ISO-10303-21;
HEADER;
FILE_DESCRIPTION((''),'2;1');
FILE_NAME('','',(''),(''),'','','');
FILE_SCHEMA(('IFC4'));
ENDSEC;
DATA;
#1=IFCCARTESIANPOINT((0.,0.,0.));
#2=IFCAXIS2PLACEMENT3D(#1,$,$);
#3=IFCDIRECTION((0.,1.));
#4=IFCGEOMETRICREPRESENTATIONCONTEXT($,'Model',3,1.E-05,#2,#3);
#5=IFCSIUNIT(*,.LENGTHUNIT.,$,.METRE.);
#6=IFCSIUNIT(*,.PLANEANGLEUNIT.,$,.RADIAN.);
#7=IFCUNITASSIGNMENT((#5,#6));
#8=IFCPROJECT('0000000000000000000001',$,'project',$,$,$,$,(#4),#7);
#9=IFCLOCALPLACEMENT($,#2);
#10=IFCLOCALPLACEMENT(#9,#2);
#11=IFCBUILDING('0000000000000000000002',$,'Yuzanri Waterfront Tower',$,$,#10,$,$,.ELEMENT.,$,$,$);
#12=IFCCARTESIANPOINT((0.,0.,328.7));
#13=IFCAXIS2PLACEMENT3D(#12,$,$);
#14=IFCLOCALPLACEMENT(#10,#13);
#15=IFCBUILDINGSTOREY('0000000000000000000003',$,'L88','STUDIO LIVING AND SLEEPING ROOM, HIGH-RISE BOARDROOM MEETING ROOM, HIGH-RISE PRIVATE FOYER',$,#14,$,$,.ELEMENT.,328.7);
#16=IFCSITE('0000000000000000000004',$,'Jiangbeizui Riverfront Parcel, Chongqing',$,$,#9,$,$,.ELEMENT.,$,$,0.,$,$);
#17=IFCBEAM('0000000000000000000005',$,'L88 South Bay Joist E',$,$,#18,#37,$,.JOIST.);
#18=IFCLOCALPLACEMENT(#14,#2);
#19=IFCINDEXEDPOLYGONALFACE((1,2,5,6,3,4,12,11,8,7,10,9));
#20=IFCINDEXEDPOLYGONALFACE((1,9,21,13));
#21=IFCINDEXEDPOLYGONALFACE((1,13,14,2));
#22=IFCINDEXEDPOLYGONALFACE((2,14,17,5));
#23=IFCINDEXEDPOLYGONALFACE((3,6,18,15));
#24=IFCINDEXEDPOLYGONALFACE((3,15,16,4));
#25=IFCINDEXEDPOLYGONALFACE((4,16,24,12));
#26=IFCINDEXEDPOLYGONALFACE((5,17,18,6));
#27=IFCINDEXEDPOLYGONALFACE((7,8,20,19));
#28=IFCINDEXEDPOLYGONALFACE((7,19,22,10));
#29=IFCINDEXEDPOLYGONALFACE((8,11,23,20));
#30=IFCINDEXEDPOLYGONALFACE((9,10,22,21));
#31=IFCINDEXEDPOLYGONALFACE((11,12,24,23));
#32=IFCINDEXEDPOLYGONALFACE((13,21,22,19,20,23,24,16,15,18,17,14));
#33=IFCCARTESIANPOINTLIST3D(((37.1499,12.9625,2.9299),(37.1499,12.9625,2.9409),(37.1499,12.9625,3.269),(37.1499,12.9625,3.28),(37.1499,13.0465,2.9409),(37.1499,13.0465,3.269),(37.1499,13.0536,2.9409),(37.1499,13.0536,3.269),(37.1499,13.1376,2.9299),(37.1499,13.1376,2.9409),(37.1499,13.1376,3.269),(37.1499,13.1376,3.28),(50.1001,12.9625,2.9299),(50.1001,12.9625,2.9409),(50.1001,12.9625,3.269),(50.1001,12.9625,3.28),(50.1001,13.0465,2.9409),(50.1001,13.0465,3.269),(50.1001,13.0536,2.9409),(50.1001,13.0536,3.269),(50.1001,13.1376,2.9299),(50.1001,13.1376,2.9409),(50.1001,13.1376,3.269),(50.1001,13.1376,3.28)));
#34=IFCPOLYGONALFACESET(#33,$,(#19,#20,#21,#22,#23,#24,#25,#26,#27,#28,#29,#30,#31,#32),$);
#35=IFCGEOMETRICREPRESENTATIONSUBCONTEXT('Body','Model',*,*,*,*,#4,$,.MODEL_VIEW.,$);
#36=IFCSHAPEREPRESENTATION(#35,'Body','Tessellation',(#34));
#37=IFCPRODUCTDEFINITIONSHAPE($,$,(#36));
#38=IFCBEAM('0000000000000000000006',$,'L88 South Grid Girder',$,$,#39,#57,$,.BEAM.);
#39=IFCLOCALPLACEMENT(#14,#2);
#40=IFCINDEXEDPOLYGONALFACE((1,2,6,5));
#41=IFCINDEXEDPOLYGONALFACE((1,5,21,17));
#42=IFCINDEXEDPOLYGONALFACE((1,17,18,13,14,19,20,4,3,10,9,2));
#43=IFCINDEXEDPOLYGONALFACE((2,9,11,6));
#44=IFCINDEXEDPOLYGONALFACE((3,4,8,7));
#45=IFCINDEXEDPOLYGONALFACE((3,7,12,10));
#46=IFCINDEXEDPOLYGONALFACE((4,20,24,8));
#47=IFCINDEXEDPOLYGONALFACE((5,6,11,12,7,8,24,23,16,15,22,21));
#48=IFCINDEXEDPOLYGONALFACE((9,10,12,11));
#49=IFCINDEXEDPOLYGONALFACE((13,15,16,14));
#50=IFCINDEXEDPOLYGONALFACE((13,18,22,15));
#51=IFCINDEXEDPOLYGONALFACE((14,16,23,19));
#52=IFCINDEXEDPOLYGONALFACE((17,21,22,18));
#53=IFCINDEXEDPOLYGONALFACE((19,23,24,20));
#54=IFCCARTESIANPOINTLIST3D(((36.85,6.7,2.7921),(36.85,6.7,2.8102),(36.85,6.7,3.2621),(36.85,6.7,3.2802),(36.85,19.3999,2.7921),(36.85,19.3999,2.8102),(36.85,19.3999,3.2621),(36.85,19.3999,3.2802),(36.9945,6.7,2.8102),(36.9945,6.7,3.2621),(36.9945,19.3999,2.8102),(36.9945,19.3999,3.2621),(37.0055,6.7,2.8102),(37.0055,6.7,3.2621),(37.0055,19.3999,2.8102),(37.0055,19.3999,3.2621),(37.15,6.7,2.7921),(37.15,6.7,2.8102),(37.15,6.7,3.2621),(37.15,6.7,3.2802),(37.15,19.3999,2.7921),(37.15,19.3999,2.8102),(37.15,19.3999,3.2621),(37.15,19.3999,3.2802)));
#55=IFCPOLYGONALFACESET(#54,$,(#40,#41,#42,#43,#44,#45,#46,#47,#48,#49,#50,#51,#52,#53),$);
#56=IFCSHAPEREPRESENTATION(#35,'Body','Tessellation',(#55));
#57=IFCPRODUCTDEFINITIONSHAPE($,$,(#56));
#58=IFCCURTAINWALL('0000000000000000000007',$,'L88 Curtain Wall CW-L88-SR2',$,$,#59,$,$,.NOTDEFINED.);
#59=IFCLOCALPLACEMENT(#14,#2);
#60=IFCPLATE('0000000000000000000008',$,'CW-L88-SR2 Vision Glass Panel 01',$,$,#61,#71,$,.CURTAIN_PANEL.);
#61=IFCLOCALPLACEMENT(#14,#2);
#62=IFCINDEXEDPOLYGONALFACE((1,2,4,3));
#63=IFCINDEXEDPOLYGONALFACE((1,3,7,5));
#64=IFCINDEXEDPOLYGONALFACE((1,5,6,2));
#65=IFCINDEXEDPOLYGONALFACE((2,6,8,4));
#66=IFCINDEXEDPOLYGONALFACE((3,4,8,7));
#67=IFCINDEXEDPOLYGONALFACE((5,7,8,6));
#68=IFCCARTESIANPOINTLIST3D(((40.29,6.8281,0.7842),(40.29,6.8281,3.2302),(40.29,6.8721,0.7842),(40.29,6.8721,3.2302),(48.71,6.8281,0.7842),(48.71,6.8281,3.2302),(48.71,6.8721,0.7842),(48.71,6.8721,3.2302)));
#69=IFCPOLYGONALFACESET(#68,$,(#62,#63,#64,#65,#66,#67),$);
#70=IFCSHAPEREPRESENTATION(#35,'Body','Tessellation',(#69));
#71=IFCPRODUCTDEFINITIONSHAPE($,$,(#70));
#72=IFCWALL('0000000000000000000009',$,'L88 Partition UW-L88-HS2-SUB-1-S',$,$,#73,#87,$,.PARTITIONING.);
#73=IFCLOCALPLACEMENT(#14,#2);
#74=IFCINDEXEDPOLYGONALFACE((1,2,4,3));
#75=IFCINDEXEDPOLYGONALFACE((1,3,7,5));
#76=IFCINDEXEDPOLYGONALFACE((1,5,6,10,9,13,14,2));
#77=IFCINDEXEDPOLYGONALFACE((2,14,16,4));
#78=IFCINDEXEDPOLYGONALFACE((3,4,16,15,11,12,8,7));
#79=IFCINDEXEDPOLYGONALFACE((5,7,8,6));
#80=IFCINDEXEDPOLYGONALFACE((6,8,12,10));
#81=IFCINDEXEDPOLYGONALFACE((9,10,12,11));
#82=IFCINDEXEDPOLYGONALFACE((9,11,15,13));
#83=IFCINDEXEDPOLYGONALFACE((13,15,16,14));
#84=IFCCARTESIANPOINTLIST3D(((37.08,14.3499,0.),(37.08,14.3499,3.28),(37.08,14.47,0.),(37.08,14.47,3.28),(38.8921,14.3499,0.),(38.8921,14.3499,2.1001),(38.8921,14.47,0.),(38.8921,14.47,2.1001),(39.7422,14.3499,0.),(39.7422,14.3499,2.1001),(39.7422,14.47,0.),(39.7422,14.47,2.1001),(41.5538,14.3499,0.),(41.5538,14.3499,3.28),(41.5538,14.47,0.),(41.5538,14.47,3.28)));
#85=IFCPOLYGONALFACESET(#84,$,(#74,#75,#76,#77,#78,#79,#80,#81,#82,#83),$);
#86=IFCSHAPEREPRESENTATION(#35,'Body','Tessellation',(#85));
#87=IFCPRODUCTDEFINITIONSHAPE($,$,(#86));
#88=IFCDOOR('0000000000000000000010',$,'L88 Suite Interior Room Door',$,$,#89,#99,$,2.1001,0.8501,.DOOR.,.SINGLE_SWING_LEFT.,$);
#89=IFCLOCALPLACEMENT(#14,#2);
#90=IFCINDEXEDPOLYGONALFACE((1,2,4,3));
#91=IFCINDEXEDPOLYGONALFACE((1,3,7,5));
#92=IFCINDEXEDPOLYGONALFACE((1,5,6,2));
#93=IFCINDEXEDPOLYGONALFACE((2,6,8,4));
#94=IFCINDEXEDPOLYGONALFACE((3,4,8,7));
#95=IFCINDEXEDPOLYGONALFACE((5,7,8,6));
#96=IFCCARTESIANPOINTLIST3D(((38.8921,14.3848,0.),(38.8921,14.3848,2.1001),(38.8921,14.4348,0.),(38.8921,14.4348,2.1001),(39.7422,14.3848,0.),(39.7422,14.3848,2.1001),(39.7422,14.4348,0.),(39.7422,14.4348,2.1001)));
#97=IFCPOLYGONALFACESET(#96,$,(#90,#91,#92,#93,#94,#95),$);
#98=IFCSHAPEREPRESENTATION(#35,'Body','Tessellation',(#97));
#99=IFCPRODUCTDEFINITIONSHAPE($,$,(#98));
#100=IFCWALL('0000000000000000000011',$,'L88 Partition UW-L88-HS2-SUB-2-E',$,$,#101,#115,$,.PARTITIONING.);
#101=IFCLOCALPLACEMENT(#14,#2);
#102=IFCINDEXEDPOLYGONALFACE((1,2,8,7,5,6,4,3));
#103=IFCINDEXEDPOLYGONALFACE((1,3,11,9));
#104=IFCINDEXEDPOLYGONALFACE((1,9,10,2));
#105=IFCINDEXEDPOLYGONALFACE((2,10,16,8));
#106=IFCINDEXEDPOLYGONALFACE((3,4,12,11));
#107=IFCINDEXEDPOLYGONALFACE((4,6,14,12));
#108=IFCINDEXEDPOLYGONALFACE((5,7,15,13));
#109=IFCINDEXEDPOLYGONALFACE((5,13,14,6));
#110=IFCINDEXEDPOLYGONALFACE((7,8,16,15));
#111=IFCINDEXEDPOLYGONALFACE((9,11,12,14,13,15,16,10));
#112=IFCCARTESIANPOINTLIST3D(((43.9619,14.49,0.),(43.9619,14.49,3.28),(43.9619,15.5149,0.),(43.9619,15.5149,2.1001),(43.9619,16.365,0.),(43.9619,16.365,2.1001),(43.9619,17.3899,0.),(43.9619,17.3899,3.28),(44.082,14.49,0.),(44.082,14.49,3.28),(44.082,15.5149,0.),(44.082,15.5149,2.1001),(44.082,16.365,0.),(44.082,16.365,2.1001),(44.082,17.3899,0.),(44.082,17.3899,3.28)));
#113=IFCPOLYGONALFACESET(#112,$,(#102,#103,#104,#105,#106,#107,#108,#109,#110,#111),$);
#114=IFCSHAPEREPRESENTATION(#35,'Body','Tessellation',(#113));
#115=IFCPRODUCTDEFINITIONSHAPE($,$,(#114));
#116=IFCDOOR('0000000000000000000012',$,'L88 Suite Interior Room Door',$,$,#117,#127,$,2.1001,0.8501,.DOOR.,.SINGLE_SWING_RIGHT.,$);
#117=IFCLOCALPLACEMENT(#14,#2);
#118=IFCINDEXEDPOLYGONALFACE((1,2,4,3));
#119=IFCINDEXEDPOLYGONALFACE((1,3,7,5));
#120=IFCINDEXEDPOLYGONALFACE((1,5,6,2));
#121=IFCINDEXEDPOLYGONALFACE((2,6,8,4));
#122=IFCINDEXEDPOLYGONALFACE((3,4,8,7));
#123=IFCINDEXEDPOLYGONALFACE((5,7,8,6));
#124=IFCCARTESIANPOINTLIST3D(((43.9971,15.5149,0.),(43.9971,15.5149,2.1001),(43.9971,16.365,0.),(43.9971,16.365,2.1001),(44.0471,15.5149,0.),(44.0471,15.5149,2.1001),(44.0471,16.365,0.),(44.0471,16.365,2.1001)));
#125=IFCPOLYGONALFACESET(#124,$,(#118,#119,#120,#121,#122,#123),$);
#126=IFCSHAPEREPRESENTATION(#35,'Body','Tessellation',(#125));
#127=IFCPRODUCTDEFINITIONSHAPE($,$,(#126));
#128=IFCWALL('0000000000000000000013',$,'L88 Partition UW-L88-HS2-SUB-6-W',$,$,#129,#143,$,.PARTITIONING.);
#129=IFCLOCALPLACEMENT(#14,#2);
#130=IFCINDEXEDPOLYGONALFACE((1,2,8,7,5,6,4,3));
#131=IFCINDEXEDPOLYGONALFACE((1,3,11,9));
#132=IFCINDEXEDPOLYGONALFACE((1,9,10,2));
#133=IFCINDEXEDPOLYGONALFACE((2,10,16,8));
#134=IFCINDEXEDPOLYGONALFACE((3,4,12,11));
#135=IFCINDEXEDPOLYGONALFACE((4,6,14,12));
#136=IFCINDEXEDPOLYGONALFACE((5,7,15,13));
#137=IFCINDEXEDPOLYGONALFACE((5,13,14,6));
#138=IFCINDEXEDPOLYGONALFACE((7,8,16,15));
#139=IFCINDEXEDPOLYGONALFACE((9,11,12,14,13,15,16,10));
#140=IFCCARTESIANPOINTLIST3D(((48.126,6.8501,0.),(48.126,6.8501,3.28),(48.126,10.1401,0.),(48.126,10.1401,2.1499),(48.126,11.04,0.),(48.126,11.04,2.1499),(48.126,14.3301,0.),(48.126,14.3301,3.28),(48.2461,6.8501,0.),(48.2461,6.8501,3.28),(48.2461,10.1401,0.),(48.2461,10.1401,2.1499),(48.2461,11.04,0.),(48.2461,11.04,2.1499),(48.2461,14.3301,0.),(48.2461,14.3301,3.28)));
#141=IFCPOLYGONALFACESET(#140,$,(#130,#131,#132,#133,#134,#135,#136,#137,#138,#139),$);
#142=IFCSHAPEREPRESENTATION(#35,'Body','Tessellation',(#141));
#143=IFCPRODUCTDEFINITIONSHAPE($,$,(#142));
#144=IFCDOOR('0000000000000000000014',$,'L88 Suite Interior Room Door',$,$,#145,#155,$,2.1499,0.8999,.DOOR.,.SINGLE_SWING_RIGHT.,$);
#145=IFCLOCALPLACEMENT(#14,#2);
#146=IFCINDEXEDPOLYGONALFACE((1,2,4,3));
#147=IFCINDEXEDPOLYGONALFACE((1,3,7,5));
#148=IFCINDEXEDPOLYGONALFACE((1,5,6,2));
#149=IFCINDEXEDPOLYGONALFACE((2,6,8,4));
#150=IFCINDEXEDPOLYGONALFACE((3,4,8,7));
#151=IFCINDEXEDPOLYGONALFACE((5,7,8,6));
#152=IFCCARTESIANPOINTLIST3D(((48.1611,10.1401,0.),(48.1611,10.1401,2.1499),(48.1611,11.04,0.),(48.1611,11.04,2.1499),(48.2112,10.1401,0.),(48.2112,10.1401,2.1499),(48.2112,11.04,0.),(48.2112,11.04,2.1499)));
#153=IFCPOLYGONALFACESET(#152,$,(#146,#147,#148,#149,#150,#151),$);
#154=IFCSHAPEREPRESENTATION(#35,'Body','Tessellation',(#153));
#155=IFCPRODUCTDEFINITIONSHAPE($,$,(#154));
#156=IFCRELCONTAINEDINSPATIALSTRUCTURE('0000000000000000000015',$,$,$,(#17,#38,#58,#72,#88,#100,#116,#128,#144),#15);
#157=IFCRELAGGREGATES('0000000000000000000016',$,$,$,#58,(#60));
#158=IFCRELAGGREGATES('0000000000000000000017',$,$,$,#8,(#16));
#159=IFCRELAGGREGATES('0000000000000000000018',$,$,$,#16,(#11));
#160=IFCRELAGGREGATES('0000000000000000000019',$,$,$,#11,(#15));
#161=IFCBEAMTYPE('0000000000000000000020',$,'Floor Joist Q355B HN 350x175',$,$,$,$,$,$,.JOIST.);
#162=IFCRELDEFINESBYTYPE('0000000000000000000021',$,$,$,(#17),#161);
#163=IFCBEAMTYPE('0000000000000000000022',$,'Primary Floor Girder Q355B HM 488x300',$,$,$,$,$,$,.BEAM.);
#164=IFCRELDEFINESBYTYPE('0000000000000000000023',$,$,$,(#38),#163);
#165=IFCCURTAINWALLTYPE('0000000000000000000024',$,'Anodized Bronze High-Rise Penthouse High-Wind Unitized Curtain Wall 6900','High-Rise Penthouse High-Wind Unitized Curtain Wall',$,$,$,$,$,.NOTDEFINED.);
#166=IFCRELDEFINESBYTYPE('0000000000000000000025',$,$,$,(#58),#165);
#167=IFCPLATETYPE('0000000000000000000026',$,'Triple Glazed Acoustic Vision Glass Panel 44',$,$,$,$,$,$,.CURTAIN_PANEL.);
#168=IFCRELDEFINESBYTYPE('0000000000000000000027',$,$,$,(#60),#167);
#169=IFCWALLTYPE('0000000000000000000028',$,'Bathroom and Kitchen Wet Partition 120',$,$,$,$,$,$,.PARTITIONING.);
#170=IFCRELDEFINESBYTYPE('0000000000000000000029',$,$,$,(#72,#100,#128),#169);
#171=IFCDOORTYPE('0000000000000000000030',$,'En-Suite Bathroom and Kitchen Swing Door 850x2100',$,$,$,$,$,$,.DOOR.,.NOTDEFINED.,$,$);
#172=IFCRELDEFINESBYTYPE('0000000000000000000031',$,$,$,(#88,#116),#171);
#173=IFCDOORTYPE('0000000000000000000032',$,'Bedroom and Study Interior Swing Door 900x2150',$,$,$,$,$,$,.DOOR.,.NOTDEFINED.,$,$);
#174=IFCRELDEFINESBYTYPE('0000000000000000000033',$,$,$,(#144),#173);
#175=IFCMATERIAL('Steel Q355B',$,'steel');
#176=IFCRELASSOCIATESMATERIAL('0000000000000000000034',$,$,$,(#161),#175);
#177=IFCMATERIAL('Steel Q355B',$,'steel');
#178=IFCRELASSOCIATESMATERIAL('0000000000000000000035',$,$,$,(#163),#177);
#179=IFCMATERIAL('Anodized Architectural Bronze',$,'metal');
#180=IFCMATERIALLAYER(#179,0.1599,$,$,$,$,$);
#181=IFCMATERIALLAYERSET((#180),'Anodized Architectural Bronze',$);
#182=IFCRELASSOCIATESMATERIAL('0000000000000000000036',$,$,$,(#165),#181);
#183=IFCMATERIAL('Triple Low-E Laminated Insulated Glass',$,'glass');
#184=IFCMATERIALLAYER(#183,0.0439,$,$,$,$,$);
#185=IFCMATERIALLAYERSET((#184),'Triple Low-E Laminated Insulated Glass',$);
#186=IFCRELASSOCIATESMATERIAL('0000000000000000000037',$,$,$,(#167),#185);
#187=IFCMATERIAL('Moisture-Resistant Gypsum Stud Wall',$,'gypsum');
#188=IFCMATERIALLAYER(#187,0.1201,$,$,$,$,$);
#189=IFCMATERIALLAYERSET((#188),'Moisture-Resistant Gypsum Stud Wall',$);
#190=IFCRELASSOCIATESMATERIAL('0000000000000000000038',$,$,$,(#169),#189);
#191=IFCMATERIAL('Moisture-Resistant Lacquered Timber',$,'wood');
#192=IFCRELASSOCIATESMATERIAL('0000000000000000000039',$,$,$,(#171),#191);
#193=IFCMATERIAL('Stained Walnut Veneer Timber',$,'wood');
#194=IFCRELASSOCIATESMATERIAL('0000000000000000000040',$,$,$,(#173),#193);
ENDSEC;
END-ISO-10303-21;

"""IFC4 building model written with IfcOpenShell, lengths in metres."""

from ifc_helpers import new_model, si_unit, direction, frame, frame_2d, origin, origin_2d, place, context, subcontext, project, spatial, rectangle, i_section, extrude, source, transform, mapped, material, layer, layer_set, material_profile, profile_set, type_object, element, fill, aggregate, save


model = new_model("IFC4")

# Units and contexts
model_context = context("Model", 3, precision=1e-05, world=origin(), true_north=direction((0.0, 1.0)))
body_context = subcontext(model_context, "Body", "Model", "MODEL_VIEW")
ifc_project = project(units=[si_unit("LENGTHUNIT", "METRE"), si_unit("PLANEANGLEUNIT", "RADIAN")], contexts=[model_context])

# Site, building, storey
site_placement = place(None, origin())
site = spatial("IfcSite", under=ifc_project, at=site_placement, Name="Jiangbeizui Riverfront Parcel, Chongqing", CompositionType="ELEMENT", RefElevation=0.0)
building_placement = place(site_placement, origin())
building = spatial("IfcBuilding", under=site, at=building_placement, Name="Yuzanri Waterfront Tower", CompositionType="ELEMENT")
storey_placement = place(building_placement, frame((0.0, 0.0, 328.7)))
storey = spatial("IfcBuildingStorey", under=building, at=storey_placement, Name="L88", Description="STUDIO LIVING AND SLEEPING ROOM, HIGH-RISE BOARDROOM MEETING ROOM, HIGH-RISE PRIVATE FOYER", CompositionType="ELEMENT", Elevation=328.7)

# Beams
ifc_material_1 = material(Name="Steel Q355B", Category="steel")
ifc_material_profile_1 = material_profile(ifc_material_1, i_section(OverallWidth=0.175, OverallDepth=0.3501, WebThickness=0.0071, FlangeThickness=0.011, at=origin_2d()), Name="HN 350x175x7x11")
ifc_profile_set_1 = profile_set([ifc_material_profile_1], Name="Steel Q355B")
beam_type_1 = type_object("IfcBeamType", Name="Floor Joist Q355B HN 350x175", PredefinedType="JOIST", material=ifc_profile_set_1)
shared_shape_1 = source(origin(), body_context, "Body", "SweptSolid", [
    extrude(i_section(OverallWidth=0.175, OverallDepth=0.3501, WebThickness=0.0071, FlangeThickness=0.011, at=origin_2d()), origin(), (0.0, 0.0, 1.0), 12.9502),
])
beam_1_placement = place(storey_placement, frame((37.1499, 13.05, 3.105), z_axis=(1.0, 0.0, 0.0), x_axis=(0.0, 1.0, 0.0)))
element("IfcBeam", 1, at=beam_1_placement, inside=storey, type_object=beam_type_1, Name="L88 South Bay Joist E", PredefinedType="JOIST", context=body_context, shape_type="MappedRepresentation", body=[
    mapped(shared_shape_1, transform((0.0, 0.0, 0.0), scale=1.0)),
])
ifc_material_2 = material(Name="Steel Q355B", Category="steel")
ifc_material_profile_2 = material_profile(ifc_material_2, i_section(OverallWidth=0.3, OverallDepth=0.488, WebThickness=0.011, FlangeThickness=0.0181, at=origin_2d()), Name="HM 488x300x11x18")
ifc_profile_set_2 = profile_set([ifc_material_profile_2], Name="Steel Q355B")
beam_type_2 = type_object("IfcBeamType", Name="Primary Floor Girder Q355B HM 488x300", PredefinedType="BEAM", material=ifc_profile_set_2)
shared_shape_2 = source(origin(), body_context, "Body", "SweptSolid", [
    extrude(i_section(OverallWidth=0.3, OverallDepth=0.488, WebThickness=0.011, FlangeThickness=0.0181, at=origin_2d()), origin(), (0.0, 0.0, 1.0), 12.7),
])
beam_2_placement = place(storey_placement, frame((37.0, 19.3999, 3.0361), z_axis=(0.0, -1.0, 0.0), x_axis=(1.0, 0.0, 0.0)))
element("IfcBeam", 2, at=beam_2_placement, inside=storey, type_object=beam_type_2, Name="L88 South Grid Girder", PredefinedType="BEAM", context=body_context, shape_type="MappedRepresentation", body=[
    mapped(shared_shape_2, transform((0.0, 0.0, 0.0), scale=1.0)),
])

# Curtain wall, plate
ifc_material_3 = material(Name="Anodized Architectural Bronze", Category="metal")
ifc_layer_1 = layer(ifc_material_3, 0.1599)
ifc_layer_set_1 = layer_set([ifc_layer_1], Name="Anodized Architectural Bronze")
curtain_wall_type = type_object("IfcCurtainWallType", Name="Anodized Bronze High-Rise Penthouse High-Wind Unitized Curtain Wall 6900", Description="High-Rise Penthouse High-Wind Unitized Curtain Wall", PredefinedType="NOTDEFINED", material=ifc_layer_set_1)
curtain_wall_placement = place(storey_placement, origin())
curtain_wall = element("IfcCurtainWall", 3, at=curtain_wall_placement, inside=storey, type_object=curtain_wall_type, Name="L88 Curtain Wall CW-L88-SR2", PredefinedType="NOTDEFINED")
ifc_material_4 = material(Name="Triple Low-E Laminated Insulated Glass", Category="glass")
ifc_layer_2 = layer(ifc_material_4, 0.0439)
ifc_layer_set_2 = layer_set([ifc_layer_2], Name="Triple Low-E Laminated Insulated Glass")
plate_type = type_object("IfcPlateType", Name="Triple Glazed Acoustic Vision Glass Panel 44", PredefinedType="CURTAIN_PANEL", material=ifc_layer_set_2)
shared_shape_3 = source(origin(), body_context, "Body", "SweptSolid", [
    extrude(rectangle(XDim=8.4199, YDim=0.0439, at=origin_2d()), origin(), (0.0, 0.0, 1.0), 2.446),
])
plate_placement = place(storey_placement, frame((44.5, 6.8501, 0.7842), z_axis=(0.0, 0.0, 1.0), x_axis=(1.0, 0.0, 0.0)))
plate = element("IfcPlate", 4, at=plate_placement, type_object=plate_type, Name="CW-L88-SR2 Vision Glass Panel 01", PredefinedType="CURTAIN_PANEL", context=body_context, shape_type="MappedRepresentation", body=[
    mapped(shared_shape_3, transform((0.0, 0.0, 0.0), scale=1.0)),
])
aggregate(curtain_wall, [plate])

# Walls, openings, doors
ifc_material_5 = material(Name="Moisture-Resistant Gypsum Stud Wall", Category="gypsum")
ifc_layer_3 = layer(ifc_material_5, 0.1201)
ifc_layer_set_3 = layer_set([ifc_layer_3], Name="Moisture-Resistant Gypsum Stud Wall")
wall_type_1 = type_object("IfcWallType", Name="Bathroom and Kitchen Wet Partition 120", PredefinedType="PARTITIONING", material=ifc_layer_set_3)
wall_1_placement = place(storey_placement, frame((37.0801, 14.4099, 0.0), z_axis=(0.0, 0.0, 1.0), x_axis=(1.0, 0.0, 0.0)))
wall_1 = element("IfcWall", 5, at=wall_1_placement, inside=storey, type_object=wall_type_1, Name="L88 Partition UW-L88-HS2-SUB-1-S", PredefinedType="PARTITIONING", context=body_context, shape_type="SweptSolid", body=[
    extrude(rectangle(XDim=4.4739, YDim=0.1201, at=frame_2d((2.2368, 0.0))), origin(), (0.0, 0.0, 1.0), 3.28),
])
opening_1_placement = place(wall_1_placement, frame((1.812, 0.0, 0.0)))
opening_1 = element("IfcOpeningElement", 6, at=opening_1_placement, cuts=wall_1, PredefinedType="OPENING", context=body_context, shape_type="SweptSolid", body=[
    extrude(rectangle(XDim=0.8501, YDim=2.1001, at=frame_2d((0.425, 1.05))), frame((0.0, 0.075, 0.0), z_axis=(0.0, -1.0, 0.0), x_axis=(1.0, 0.0, 0.0)), (0.0, 0.0, 1.0), 0.1499),
])
ifc_material_6 = material(Name="Moisture-Resistant Lacquered Timber", Category="wood")
door_type_1 = type_object("IfcDoorType", Name="En-Suite Bathroom and Kitchen Swing Door 850x2100", OperationType="NOTDEFINED", PredefinedType="DOOR", material=ifc_material_6)
shared_shape_4 = source(origin(), body_context, "Body", "SweptSolid", [
    extrude(rectangle(XDim=0.8501, YDim=2.1001, at=frame_2d((0.425, 1.05))), frame((0.0, 0.0249, 0.0), z_axis=(0.0, -1.0, 0.0), x_axis=(1.0, 0.0, 0.0)), (0.0, 0.0, 1.0), 0.05),
])
door_1_placement = place(opening_1_placement, origin())
door_1 = element("IfcDoor", 7, at=door_1_placement, inside=storey, type_object=door_type_1, Name="L88 Suite Interior Room Door", OperationType="SINGLE_SWING_LEFT", OverallHeight=2.1001, OverallWidth=0.8501, PredefinedType="DOOR", context=body_context, shape_type="MappedRepresentation", body=[
    mapped(shared_shape_4, transform((0.0, 0.0, 0.0), scale=1.0)),
])
fill(opening_1, door_1)
wall_2_placement = place(storey_placement, frame((44.022, 14.49, 0.0), z_axis=(0.0, 0.0, 1.0), x_axis=(0.0, 1.0, 0.0)))
wall_2 = element("IfcWall", 8, at=wall_2_placement, inside=storey, type_object=wall_type_1, Name="L88 Partition UW-L88-HS2-SUB-2-E", PredefinedType="PARTITIONING", context=body_context, shape_type="SweptSolid", body=[
    extrude(rectangle(XDim=2.8999, YDim=0.1201, at=frame_2d((1.45, 0.0))), origin(), (0.0, 0.0, 1.0), 3.28),
])
opening_2_placement = place(wall_2_placement, frame((1.0249, 0.0, 0.0)))
opening_2 = element("IfcOpeningElement", 9, at=opening_2_placement, cuts=wall_2, PredefinedType="OPENING", context=body_context, shape_type="SweptSolid", body=[
    extrude(rectangle(XDim=0.8501, YDim=2.1001, at=frame_2d((0.425, 1.05))), frame((0.0, 0.075, 0.0), z_axis=(0.0, -1.0, 0.0), x_axis=(1.0, 0.0, 0.0)), (0.0, 0.0, 1.0), 0.1499),
])
door_2_placement = place(opening_2_placement, origin())
door_2 = element("IfcDoor", 10, at=door_2_placement, inside=storey, type_object=door_type_1, Name="L88 Suite Interior Room Door", OperationType="SINGLE_SWING_RIGHT", OverallHeight=2.1001, OverallWidth=0.8501, PredefinedType="DOOR", context=body_context, shape_type="MappedRepresentation", body=[
    mapped(shared_shape_4, transform((0.0, 0.0, 0.0), scale=1.0)),
])
fill(opening_2, door_2)
wall_3_placement = place(storey_placement, frame((48.186, 6.8501, 0.0), z_axis=(0.0, 0.0, 1.0), x_axis=(0.0, 1.0, 0.0)))
wall_3 = element("IfcWall", 11, at=wall_3_placement, inside=storey, type_object=wall_type_1, Name="L88 Partition UW-L88-HS2-SUB-6-W", PredefinedType="PARTITIONING", context=body_context, shape_type="SweptSolid", body=[
    extrude(rectangle(XDim=7.48, YDim=0.1201, at=frame_2d((3.74, 0.0))), origin(), (0.0, 0.0, 1.0), 3.28),
])
opening_3_placement = place(wall_3_placement, frame((3.29, 0.0, 0.0)))
opening_3 = element("IfcOpeningElement", 12, at=opening_3_placement, cuts=wall_3, PredefinedType="OPENING", context=body_context, shape_type="SweptSolid", body=[
    extrude(rectangle(XDim=0.8999, YDim=2.1499, at=frame_2d((0.45, 1.075))), frame((0.0, 0.075, 0.0), z_axis=(0.0, -1.0, 0.0), x_axis=(1.0, 0.0, 0.0)), (0.0, 0.0, 1.0), 0.1499),
])
ifc_material_7 = material(Name="Stained Walnut Veneer Timber", Category="wood")
door_type_2 = type_object("IfcDoorType", Name="Bedroom and Study Interior Swing Door 900x2150", OperationType="NOTDEFINED", PredefinedType="DOOR", material=ifc_material_7)
shared_shape_5 = source(origin(), body_context, "Body", "SweptSolid", [
    extrude(rectangle(XDim=0.8999, YDim=2.1499, at=frame_2d((0.45, 1.075))), frame((0.0, 0.0249, 0.0), z_axis=(0.0, -1.0, 0.0), x_axis=(1.0, 0.0, 0.0)), (0.0, 0.0, 1.0), 0.05),
])
door_3_placement = place(opening_3_placement, origin())
door_3 = element("IfcDoor", 13, at=door_3_placement, inside=storey, type_object=door_type_2, Name="L88 Suite Interior Room Door", OperationType="SINGLE_SWING_RIGHT", OverallHeight=2.1499, OverallWidth=0.8999, PredefinedType="DOOR", context=body_context, shape_type="MappedRepresentation", body=[
    mapped(shared_shape_5, transform((0.0, 0.0, 0.0), scale=1.0)),
])
fill(opening_3, door_3)

save(model, "model.ifc")
